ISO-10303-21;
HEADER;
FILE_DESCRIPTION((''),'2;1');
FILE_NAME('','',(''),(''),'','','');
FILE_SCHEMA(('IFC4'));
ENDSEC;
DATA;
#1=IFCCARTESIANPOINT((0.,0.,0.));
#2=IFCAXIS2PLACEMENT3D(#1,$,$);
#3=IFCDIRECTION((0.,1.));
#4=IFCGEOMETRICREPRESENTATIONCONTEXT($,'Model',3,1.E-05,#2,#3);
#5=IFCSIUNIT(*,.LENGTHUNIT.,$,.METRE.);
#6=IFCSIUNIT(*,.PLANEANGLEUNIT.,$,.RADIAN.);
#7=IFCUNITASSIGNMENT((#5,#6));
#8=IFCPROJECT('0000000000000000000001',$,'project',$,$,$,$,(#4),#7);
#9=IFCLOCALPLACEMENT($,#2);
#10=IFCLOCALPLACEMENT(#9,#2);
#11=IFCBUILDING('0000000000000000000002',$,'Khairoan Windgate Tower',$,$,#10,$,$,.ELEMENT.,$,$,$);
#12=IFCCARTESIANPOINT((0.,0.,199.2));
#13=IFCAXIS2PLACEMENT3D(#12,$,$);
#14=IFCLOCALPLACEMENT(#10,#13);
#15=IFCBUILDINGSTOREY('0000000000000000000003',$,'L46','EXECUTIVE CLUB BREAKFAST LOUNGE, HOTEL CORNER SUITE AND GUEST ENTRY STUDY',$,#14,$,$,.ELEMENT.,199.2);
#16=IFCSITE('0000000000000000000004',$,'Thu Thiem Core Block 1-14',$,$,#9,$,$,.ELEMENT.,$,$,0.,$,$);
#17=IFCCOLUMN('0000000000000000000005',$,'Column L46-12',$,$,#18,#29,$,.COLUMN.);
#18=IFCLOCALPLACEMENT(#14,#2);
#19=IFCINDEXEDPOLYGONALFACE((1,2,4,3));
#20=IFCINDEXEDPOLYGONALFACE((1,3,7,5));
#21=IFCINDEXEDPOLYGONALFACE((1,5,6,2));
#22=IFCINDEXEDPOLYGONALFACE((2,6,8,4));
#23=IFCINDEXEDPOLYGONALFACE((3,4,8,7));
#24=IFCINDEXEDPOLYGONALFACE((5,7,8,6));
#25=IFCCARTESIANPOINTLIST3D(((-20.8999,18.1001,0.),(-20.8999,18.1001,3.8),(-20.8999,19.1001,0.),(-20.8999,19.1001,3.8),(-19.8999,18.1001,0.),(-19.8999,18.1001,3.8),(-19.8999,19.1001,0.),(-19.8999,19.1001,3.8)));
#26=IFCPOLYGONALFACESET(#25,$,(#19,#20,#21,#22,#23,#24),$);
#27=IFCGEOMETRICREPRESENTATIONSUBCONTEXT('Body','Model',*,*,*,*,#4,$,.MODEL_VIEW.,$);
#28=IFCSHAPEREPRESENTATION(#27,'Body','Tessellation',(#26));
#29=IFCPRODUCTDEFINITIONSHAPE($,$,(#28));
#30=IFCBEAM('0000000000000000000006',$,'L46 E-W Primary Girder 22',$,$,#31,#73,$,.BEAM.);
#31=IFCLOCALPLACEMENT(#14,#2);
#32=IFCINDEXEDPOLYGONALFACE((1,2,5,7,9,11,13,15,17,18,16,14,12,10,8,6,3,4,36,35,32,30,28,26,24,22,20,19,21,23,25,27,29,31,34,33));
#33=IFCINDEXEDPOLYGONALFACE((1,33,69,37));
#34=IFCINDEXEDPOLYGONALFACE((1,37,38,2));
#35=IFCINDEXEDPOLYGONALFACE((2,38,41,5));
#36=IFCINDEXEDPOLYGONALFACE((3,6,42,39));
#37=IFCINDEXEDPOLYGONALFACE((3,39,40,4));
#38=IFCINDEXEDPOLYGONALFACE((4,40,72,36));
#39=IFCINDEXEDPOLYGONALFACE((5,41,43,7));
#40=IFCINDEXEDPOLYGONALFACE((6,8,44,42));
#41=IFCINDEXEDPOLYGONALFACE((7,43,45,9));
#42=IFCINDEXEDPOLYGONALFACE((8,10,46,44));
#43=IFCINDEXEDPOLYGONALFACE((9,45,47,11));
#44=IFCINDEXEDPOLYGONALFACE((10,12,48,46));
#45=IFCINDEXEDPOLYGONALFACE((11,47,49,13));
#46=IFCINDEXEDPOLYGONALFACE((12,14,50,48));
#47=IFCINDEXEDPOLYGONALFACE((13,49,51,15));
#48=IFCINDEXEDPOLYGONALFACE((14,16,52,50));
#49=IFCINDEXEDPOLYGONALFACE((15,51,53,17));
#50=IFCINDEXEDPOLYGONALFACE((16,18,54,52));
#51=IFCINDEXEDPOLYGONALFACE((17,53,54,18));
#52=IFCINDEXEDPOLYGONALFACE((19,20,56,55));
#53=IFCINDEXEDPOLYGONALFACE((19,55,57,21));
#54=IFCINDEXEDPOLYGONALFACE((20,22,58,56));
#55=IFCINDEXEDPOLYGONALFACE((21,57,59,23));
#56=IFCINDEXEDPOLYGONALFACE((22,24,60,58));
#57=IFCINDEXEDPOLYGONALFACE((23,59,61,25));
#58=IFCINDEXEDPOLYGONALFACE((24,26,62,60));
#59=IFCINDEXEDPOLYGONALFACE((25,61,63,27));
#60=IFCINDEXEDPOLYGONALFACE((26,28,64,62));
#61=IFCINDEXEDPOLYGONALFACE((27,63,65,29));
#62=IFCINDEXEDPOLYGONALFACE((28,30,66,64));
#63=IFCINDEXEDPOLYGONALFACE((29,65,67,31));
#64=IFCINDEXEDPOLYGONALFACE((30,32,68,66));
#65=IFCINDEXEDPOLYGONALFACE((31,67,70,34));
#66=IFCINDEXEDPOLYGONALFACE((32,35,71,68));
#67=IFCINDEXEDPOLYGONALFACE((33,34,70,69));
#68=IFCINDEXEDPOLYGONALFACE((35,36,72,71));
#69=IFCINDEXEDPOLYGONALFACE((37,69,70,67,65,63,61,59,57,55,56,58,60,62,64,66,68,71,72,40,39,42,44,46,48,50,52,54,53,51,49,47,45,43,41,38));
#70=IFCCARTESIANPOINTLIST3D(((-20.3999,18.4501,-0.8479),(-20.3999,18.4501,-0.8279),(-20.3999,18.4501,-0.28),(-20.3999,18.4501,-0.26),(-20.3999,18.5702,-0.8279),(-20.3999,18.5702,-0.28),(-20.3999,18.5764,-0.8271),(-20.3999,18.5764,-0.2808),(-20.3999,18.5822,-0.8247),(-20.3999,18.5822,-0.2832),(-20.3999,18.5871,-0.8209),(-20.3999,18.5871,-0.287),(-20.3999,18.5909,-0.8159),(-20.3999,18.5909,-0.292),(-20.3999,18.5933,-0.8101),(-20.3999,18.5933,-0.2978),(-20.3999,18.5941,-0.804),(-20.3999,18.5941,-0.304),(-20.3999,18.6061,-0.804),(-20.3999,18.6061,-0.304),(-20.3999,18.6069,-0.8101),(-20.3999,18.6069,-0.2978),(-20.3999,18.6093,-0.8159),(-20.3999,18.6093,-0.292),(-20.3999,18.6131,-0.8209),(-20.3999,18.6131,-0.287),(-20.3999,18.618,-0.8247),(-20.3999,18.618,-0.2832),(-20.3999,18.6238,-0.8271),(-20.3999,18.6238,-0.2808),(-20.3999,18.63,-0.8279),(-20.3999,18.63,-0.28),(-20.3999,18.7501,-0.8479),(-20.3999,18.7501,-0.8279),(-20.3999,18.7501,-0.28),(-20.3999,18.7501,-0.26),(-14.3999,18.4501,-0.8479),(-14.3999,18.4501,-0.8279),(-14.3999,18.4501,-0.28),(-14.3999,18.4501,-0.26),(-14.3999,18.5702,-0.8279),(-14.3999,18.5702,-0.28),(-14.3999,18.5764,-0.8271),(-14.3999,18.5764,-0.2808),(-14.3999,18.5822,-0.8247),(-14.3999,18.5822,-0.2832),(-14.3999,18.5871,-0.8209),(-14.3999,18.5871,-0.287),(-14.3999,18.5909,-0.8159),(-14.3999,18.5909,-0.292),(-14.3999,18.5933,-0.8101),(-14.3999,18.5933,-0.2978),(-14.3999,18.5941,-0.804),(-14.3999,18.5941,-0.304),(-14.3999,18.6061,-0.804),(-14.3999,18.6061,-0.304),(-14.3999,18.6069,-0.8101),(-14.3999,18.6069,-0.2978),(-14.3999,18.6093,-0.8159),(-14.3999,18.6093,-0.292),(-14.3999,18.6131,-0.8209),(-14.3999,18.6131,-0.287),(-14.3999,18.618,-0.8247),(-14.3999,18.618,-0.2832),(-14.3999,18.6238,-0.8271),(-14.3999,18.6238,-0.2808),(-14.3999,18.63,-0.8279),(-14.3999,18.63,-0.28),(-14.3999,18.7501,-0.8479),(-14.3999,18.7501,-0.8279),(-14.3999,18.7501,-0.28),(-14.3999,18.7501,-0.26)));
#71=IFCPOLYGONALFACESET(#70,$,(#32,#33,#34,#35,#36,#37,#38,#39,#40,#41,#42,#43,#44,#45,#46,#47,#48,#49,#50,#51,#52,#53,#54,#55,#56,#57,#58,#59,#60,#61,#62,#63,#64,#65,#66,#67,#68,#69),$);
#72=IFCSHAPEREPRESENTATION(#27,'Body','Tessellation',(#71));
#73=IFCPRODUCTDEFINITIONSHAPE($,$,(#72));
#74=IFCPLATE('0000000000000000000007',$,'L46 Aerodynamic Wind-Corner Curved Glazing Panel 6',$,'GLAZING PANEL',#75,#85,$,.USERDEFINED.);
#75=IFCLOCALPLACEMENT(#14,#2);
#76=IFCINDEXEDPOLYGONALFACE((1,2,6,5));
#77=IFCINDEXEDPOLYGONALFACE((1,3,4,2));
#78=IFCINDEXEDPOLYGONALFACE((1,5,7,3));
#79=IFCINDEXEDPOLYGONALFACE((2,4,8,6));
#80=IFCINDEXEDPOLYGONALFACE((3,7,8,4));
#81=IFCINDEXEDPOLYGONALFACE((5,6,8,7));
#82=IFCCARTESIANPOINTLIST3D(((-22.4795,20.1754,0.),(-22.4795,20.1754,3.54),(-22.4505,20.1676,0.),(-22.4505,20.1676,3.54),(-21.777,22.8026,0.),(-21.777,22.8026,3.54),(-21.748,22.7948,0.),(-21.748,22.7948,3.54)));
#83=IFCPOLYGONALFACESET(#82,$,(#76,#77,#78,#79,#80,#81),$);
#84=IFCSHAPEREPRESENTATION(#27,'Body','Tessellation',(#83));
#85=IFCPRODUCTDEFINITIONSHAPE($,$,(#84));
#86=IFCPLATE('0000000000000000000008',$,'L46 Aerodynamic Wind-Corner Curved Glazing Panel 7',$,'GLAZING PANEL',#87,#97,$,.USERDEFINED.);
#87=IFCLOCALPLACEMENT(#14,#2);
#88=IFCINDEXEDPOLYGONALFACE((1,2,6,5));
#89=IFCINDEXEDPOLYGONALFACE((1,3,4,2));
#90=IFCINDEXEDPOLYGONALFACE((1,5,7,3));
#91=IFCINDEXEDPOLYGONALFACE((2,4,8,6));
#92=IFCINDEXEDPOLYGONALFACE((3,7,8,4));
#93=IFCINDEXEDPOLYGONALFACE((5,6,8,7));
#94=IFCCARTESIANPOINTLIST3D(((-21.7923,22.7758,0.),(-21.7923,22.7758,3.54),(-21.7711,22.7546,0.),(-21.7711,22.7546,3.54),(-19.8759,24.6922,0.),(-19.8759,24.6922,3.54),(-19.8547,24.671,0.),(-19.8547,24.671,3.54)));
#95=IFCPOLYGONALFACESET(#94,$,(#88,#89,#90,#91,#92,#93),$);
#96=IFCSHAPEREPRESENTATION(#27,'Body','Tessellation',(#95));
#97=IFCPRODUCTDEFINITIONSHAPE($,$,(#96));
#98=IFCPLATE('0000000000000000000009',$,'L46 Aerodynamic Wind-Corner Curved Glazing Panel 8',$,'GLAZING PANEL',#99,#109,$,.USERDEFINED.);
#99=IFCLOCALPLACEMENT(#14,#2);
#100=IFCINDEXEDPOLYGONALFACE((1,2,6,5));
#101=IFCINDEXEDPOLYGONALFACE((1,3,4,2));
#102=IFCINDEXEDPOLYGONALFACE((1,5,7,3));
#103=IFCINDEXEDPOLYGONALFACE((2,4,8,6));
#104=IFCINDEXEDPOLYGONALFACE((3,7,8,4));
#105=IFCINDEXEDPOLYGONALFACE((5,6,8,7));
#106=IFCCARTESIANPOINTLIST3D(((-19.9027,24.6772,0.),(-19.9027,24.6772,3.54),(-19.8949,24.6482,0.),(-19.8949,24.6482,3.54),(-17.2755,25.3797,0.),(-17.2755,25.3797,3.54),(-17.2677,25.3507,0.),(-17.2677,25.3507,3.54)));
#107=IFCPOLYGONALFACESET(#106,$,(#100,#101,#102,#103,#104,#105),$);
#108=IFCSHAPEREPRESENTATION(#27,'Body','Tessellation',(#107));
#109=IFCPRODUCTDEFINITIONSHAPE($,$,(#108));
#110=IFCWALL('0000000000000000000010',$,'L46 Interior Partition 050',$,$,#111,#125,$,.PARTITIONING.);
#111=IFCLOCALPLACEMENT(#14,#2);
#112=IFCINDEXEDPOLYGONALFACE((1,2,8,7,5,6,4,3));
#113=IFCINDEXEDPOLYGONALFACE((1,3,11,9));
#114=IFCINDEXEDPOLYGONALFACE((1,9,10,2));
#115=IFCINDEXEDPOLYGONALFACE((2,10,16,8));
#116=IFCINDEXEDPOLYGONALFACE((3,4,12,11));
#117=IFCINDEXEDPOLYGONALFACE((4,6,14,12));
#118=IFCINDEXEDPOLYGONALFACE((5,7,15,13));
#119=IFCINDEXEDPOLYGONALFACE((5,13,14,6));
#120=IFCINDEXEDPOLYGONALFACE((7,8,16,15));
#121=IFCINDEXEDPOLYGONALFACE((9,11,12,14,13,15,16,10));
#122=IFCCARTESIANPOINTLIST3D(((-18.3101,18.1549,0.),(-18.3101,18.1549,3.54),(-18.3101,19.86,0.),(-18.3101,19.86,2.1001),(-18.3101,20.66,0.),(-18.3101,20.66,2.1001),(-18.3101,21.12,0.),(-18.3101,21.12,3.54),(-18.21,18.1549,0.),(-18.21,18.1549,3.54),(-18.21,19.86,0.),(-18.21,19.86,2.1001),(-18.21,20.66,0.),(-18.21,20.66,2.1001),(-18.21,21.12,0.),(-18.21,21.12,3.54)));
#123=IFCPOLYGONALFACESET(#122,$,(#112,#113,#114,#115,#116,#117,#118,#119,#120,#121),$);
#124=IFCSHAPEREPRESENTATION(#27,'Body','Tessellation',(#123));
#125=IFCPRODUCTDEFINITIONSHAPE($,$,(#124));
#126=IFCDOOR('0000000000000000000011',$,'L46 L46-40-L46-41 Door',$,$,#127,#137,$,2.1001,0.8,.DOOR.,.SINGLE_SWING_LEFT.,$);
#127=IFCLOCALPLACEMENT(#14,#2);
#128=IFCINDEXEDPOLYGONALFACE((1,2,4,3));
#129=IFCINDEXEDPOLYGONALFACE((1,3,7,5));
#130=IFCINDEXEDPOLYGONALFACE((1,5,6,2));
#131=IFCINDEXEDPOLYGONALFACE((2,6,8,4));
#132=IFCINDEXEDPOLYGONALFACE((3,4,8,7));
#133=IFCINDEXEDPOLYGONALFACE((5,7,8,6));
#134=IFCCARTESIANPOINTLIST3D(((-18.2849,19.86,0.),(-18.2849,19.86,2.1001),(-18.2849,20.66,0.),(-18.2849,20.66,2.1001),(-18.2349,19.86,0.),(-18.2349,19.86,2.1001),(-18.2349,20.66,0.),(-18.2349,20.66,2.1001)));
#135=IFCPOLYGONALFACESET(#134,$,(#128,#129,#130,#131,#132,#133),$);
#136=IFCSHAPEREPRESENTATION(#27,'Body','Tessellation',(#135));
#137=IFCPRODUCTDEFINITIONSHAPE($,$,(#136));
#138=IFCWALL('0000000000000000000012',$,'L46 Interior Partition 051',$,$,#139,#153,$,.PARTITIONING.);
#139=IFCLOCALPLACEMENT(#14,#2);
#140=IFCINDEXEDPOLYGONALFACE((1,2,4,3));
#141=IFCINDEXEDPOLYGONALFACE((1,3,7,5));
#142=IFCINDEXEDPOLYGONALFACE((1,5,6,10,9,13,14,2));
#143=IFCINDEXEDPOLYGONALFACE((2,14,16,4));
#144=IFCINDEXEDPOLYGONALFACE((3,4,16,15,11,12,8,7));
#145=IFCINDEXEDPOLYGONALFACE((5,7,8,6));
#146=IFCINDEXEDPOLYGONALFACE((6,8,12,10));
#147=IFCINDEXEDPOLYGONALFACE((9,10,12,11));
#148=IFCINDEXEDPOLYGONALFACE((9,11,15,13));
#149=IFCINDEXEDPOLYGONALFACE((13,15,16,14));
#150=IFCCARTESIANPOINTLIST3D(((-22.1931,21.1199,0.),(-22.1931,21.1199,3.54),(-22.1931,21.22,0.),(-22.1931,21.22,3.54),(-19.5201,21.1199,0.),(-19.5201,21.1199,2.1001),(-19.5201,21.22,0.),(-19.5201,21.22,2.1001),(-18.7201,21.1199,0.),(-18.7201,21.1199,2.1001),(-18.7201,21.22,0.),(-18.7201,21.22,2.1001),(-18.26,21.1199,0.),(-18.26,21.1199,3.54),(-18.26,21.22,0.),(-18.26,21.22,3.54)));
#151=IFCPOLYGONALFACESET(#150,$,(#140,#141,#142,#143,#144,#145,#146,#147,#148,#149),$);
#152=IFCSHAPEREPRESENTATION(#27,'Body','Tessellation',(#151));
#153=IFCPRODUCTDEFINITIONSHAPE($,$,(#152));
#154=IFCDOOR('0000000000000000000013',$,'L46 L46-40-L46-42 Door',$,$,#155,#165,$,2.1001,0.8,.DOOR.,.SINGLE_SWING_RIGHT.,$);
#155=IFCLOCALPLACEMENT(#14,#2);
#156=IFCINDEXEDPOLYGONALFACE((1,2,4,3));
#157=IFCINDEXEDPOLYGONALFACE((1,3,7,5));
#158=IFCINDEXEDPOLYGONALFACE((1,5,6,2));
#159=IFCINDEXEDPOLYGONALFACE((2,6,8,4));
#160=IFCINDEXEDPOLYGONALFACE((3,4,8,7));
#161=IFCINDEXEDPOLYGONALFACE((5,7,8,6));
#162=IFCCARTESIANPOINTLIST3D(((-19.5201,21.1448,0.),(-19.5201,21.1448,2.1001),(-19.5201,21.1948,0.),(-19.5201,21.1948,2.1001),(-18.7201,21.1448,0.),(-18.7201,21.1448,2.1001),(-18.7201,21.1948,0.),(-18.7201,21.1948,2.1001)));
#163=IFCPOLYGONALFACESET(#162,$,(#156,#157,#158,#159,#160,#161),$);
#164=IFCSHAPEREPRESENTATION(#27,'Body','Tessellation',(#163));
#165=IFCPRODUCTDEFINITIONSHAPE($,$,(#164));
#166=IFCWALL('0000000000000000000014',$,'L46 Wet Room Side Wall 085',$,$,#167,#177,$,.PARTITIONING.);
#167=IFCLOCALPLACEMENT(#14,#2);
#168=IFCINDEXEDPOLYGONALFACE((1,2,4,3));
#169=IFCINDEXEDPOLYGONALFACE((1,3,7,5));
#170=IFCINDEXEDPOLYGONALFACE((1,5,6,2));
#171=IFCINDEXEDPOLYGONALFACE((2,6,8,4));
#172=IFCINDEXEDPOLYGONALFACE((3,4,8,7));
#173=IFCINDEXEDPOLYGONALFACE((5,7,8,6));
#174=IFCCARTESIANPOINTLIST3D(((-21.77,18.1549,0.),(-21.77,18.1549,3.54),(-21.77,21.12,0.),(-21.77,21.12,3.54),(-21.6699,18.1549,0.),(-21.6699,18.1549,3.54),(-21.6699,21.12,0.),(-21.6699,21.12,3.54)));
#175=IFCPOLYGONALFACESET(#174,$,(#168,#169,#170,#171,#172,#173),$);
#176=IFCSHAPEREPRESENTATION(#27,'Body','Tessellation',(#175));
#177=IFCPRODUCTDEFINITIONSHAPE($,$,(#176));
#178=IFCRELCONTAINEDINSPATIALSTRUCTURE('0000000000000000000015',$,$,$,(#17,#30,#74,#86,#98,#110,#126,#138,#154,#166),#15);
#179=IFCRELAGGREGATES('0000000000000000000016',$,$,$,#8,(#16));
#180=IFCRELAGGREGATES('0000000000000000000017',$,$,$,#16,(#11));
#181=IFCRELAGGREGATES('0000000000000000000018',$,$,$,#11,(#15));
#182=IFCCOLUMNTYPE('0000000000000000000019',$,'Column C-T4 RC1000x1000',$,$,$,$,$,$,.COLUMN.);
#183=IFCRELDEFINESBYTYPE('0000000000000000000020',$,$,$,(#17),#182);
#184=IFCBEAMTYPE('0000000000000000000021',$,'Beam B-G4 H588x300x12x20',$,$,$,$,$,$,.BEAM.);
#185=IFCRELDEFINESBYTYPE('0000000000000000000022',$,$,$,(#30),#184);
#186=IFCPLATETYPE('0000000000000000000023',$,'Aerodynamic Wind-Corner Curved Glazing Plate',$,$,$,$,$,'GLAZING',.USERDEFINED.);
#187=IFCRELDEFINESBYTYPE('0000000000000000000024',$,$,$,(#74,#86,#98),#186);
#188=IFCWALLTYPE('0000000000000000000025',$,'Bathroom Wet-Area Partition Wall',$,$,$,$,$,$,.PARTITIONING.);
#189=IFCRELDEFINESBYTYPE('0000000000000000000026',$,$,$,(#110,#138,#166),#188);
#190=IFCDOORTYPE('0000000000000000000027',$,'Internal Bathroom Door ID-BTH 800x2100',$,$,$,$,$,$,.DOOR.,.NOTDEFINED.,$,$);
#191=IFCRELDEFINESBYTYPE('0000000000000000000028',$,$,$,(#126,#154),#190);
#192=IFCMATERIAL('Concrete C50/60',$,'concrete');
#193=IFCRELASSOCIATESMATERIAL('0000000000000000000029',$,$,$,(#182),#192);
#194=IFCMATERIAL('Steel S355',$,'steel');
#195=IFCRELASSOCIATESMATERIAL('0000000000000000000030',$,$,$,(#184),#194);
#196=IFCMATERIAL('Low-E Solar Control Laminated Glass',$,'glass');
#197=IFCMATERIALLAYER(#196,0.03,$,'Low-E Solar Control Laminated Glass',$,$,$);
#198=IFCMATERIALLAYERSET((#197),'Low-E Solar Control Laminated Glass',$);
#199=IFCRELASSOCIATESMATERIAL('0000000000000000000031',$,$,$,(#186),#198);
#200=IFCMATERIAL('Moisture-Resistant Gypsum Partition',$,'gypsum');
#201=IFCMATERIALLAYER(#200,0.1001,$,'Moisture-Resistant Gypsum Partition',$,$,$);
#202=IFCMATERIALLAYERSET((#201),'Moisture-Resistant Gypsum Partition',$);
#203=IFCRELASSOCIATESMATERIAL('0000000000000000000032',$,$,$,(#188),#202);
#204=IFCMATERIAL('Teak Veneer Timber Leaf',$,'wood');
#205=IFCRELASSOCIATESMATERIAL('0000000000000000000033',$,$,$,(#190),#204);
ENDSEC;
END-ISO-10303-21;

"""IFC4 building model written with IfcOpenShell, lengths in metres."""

from ifc_helpers import new_model, si_unit, direction, frame, frame_2d, origin, origin_2d, place, context, subcontext, project, spatial, rectangle, i_section, extrude, material, layer, layer_set, material_profile, profile_set, type_object, element, fill, save


model = new_model("IFC4")

# Units and contexts
model_context = context("Model", 3, precision=1e-05, world=origin(), true_north=direction((0.0, 1.0)))
body_context = subcontext(model_context, "Body", "Model", "MODEL_VIEW")
ifc_project = project(units=[si_unit("LENGTHUNIT", "METRE"), si_unit("PLANEANGLEUNIT", "RADIAN")], contexts=[model_context])

# Site, building, storey
site_placement = place(None, origin())
site = spatial("IfcSite", under=ifc_project, at=site_placement, Name="Thu Thiem Core Block 1-14", CompositionType="ELEMENT", RefElevation=0.0)
building_placement = place(site_placement, origin())
building = spatial("IfcBuilding", under=site, at=building_placement, Name="Khairoan Windgate Tower", CompositionType="ELEMENT")
storey_placement = place(building_placement, frame((0.0, 0.0, 199.2)))
storey = spatial("IfcBuildingStorey", under=building, at=storey_placement, Name="L46", Description="EXECUTIVE CLUB BREAKFAST LOUNGE, HOTEL CORNER SUITE AND GUEST ENTRY STUDY", CompositionType="ELEMENT", Elevation=199.2)

# Column
ifc_material_1 = material(Name="Concrete C50/60", Category="concrete")
ifc_material_profile_1 = material_profile(ifc_material_1, rectangle(XDim=1.0, YDim=1.0, at=origin_2d()))
ifc_profile_set_1 = profile_set([ifc_material_profile_1], Name="Concrete C50/60")
column_type = type_object("IfcColumnType", Name="Column C-T4 RC1000x1000", PredefinedType="COLUMN", material=ifc_profile_set_1)
column_placement = place(storey_placement, frame((-20.3999, 18.6001, 0.0), z_axis=(0.0, 0.0, 1.0), x_axis=(1.0, 0.0, 0.0)))
element("IfcColumn", 1, at=column_placement, inside=storey, type_object=column_type, Name="Column L46-12", PredefinedType="COLUMN", context=body_context, shape_type="SweptSolid", body=[
    extrude(rectangle(XDim=1.0, YDim=1.0, at=origin_2d()), origin(), (0.0, 0.0, 1.0), 3.8),
])

# Beam
ifc_material_2 = material(Name="Steel S355", Category="steel")
ifc_material_profile_2 = material_profile(ifc_material_2, i_section(OverallWidth=0.3, OverallDepth=0.5879, WebThickness=0.012, FlangeThickness=0.02, FilletRadius=0.0239, at=origin_2d()))
ifc_profile_set_2 = profile_set([ifc_material_profile_2], Name="Steel S355")
beam_type = type_object("IfcBeamType", Name="Beam B-G4 H588x300x12x20", PredefinedType="BEAM", material=ifc_profile_set_2)
beam_placement = place(storey_placement, frame((-20.3999, 18.6001, -0.554), z_axis=(1.0, 0.0, 0.0), x_axis=(0.0, 1.0, 0.0)))
element("IfcBeam", 2, at=beam_placement, inside=storey, type_object=beam_type, Name="L46 E-W Primary Girder 22", PredefinedType="BEAM", context=body_context, shape_type="SweptSolid", body=[
    extrude(i_section(OverallWidth=0.3, OverallDepth=0.5879, WebThickness=0.012, FlangeThickness=0.02, FilletRadius=0.0239, at=origin_2d()), origin(), (0.0, 0.0, 1.0), 6.0),
])

# Plates
ifc_material_3 = material(Name="Low-E Solar Control Laminated Glass", Category="glass")
ifc_layer_1 = layer(ifc_material_3, 0.03, Name="Low-E Solar Control Laminated Glass")
ifc_layer_set_1 = layer_set([ifc_layer_1], Name="Low-E Solar Control Laminated Glass")
plate_type_1 = type_object("IfcPlateType", Name="Aerodynamic Wind-Corner Curved Glazing Plate", ElementType="GLAZING", PredefinedType="USERDEFINED", material=ifc_layer_set_1)
plate_1_placement = place(storey_placement, frame((-22.1138, 21.4851, 0.0), z_axis=(0.0, 0.0, 1.0), x_axis=(0.258313, 0.966061, 0.0)))
element("IfcPlate", 3, at=plate_1_placement, inside=storey, type_object=plate_type_1, Name="L46 Aerodynamic Wind-Corner Curved Glazing Panel 6", ObjectType="GLAZING PANEL", PredefinedType="USERDEFINED", context=body_context, shape_type="SweptSolid", body=[
    extrude(rectangle(XDim=2.7195, YDim=0.03, at=origin_2d()), origin(), (0.0, 0.0, 1.0), 3.54),
])
plate_2_placement = place(storey_placement, frame((-20.8235, 23.7234, 0.0), z_axis=(0.0, 0.0, 1.0), x_axis=(0.707107, 0.707107, 0.0)))
element("IfcPlate", 4, at=plate_2_placement, inside=storey, type_object=plate_type_1, Name="L46 Aerodynamic Wind-Corner Curved Glazing Panel 7", ObjectType="GLAZING PANEL", PredefinedType="USERDEFINED", context=body_context, shape_type="SweptSolid", body=[
    extrude(rectangle(XDim=2.7102, YDim=0.03, at=origin_2d()), origin(), (0.0, 0.0, 1.0), 3.54),
])
plate_3_placement = place(storey_placement, frame((-18.5852, 25.0139, 0.0), z_axis=(0.0, 0.0, 1.0), x_axis=(0.966061, 0.258313, 0.0)))
element("IfcPlate", 5, at=plate_3_placement, inside=storey, type_object=plate_type_1, Name="L46 Aerodynamic Wind-Corner Curved Glazing Panel 8", ObjectType="GLAZING PANEL", PredefinedType="USERDEFINED", context=body_context, shape_type="SweptSolid", body=[
    extrude(rectangle(XDim=2.7195, YDim=0.03, at=origin_2d()), origin(), (0.0, 0.0, 1.0), 3.54),
])

# Walls, openings, doors
ifc_material_4 = material(Name="Moisture-Resistant Gypsum Partition", Category="gypsum")
ifc_layer_2 = layer(ifc_material_4, 0.1001, Name="Moisture-Resistant Gypsum Partition")
ifc_layer_set_2 = layer_set([ifc_layer_2], Name="Moisture-Resistant Gypsum Partition")
wall_type_1 = type_object("IfcWallType", Name="Bathroom Wet-Area Partition Wall", PredefinedType="PARTITIONING", material=ifc_layer_set_2)
wall_1_placement = place(storey_placement, frame((-18.26, 18.155, 0.0), z_axis=(0.0, 0.0, 1.0), x_axis=(0.0, 1.0, 0.0)))
wall_1 = element("IfcWall", 6, at=wall_1_placement, inside=storey, type_object=wall_type_1, Name="L46 Interior Partition 050", PredefinedType="PARTITIONING", context=body_context, shape_type="SweptSolid", body=[
    extrude(rectangle(XDim=2.9651, YDim=0.1001, at=frame_2d((1.4824, 0.0))), origin(), (0.0, 0.0, 1.0), 3.54),
])
opening_1_placement = place(wall_1_placement, frame((1.7051, 0.0, 0.0)))
opening_1 = element("IfcOpeningElement", 7, at=opening_1_placement, cuts=wall_1, PredefinedType="OPENING", context=body_context, shape_type="SweptSolid", body=[
    extrude(rectangle(XDim=0.8, YDim=2.1001, at=frame_2d((0.3999, 1.05))), frame((0.0, 0.0601, 0.0), z_axis=(0.0, -1.0, 0.0), x_axis=(1.0, 0.0, 0.0)), (0.0, 0.0, 1.0), 0.1201),
])
ifc_material_5 = material(Name="Teak Veneer Timber Leaf", Category="wood")
door_type_1 = type_object("IfcDoorType", Name="Internal Bathroom Door ID-BTH 800x2100", OperationType="NOTDEFINED", PredefinedType="DOOR", material=ifc_material_5)
door_1_placement = place(opening_1_placement, origin())
door_1 = element("IfcDoor", 8, at=door_1_placement, inside=storey, type_object=door_type_1, Name="L46 L46-40-L46-41 Door", OperationType="SINGLE_SWING_LEFT", OverallHeight=2.1001, OverallWidth=0.8, PredefinedType="DOOR", context=body_context, shape_type="SweptSolid", body=[
    extrude(rectangle(XDim=0.8, YDim=2.1001, at=frame_2d((0.3999, 1.05))), frame((0.0, 0.0249, 0.0), z_axis=(0.0, -1.0, 0.0), x_axis=(1.0, 0.0, 0.0)), (0.0, 0.0, 1.0), 0.05),
])
fill(opening_1, door_1)
wall_2_placement = place(storey_placement, frame((-22.1931, 21.1699, 0.0), z_axis=(0.0, 0.0, 1.0), x_axis=(1.0, 0.0, 0.0)))
wall_2 = element("IfcWall", 9, at=wall_2_placement, inside=storey, type_object=wall_type_1, Name="L46 Interior Partition 051", PredefinedType="PARTITIONING", context=body_context, shape_type="SweptSolid", body=[
    extrude(rectangle(XDim=3.9331, YDim=0.1001, at=frame_2d((1.9666, 0.0))), origin(), (0.0, 0.0, 1.0), 3.54),
])
opening_2_placement = place(wall_2_placement, frame((2.6731, 0.0, 0.0)))
opening_2 = element("IfcOpeningElement", 10, at=opening_2_placement, cuts=wall_2, PredefinedType="OPENING", context=body_context, shape_type="SweptSolid", body=[
    extrude(rectangle(XDim=0.8, YDim=2.1001, at=frame_2d((0.3999, 1.05))), frame((0.0, 0.0601, 0.0), z_axis=(0.0, -1.0, 0.0), x_axis=(1.0, 0.0, 0.0)), (0.0, 0.0, 1.0), 0.1201),
])
door_2_placement = place(opening_2_placement, origin())
door_2 = element("IfcDoor", 11, at=door_2_placement, inside=storey, type_object=door_type_1, Name="L46 L46-40-L46-42 Door", OperationType="SINGLE_SWING_RIGHT", OverallHeight=2.1001, OverallWidth=0.8, PredefinedType="DOOR", context=body_context, shape_type="SweptSolid", body=[
    extrude(rectangle(XDim=0.8, YDim=2.1001, at=frame_2d((0.3999, 1.05))), frame((0.0, 0.0249, 0.0), z_axis=(0.0, -1.0, 0.0), x_axis=(1.0, 0.0, 0.0)), (0.0, 0.0, 1.0), 0.05),
])
fill(opening_2, door_2)

# Wall
wall_3_placement = place(storey_placement, frame((-21.72, 18.155, 0.0), z_axis=(0.0, 0.0, 1.0), x_axis=(0.0, 1.0, 0.0)))
element("IfcWall", 12, at=wall_3_placement, inside=storey, type_object=wall_type_1, Name="L46 Wet Room Side Wall 085", PredefinedType="PARTITIONING", context=body_context, shape_type="SweptSolid", body=[
    extrude(rectangle(XDim=2.9651, YDim=0.1001, at=frame_2d((1.4824, 0.0))), origin(), (0.0, 0.0, 1.0), 3.54),
])

save(model, "model.ifc")
